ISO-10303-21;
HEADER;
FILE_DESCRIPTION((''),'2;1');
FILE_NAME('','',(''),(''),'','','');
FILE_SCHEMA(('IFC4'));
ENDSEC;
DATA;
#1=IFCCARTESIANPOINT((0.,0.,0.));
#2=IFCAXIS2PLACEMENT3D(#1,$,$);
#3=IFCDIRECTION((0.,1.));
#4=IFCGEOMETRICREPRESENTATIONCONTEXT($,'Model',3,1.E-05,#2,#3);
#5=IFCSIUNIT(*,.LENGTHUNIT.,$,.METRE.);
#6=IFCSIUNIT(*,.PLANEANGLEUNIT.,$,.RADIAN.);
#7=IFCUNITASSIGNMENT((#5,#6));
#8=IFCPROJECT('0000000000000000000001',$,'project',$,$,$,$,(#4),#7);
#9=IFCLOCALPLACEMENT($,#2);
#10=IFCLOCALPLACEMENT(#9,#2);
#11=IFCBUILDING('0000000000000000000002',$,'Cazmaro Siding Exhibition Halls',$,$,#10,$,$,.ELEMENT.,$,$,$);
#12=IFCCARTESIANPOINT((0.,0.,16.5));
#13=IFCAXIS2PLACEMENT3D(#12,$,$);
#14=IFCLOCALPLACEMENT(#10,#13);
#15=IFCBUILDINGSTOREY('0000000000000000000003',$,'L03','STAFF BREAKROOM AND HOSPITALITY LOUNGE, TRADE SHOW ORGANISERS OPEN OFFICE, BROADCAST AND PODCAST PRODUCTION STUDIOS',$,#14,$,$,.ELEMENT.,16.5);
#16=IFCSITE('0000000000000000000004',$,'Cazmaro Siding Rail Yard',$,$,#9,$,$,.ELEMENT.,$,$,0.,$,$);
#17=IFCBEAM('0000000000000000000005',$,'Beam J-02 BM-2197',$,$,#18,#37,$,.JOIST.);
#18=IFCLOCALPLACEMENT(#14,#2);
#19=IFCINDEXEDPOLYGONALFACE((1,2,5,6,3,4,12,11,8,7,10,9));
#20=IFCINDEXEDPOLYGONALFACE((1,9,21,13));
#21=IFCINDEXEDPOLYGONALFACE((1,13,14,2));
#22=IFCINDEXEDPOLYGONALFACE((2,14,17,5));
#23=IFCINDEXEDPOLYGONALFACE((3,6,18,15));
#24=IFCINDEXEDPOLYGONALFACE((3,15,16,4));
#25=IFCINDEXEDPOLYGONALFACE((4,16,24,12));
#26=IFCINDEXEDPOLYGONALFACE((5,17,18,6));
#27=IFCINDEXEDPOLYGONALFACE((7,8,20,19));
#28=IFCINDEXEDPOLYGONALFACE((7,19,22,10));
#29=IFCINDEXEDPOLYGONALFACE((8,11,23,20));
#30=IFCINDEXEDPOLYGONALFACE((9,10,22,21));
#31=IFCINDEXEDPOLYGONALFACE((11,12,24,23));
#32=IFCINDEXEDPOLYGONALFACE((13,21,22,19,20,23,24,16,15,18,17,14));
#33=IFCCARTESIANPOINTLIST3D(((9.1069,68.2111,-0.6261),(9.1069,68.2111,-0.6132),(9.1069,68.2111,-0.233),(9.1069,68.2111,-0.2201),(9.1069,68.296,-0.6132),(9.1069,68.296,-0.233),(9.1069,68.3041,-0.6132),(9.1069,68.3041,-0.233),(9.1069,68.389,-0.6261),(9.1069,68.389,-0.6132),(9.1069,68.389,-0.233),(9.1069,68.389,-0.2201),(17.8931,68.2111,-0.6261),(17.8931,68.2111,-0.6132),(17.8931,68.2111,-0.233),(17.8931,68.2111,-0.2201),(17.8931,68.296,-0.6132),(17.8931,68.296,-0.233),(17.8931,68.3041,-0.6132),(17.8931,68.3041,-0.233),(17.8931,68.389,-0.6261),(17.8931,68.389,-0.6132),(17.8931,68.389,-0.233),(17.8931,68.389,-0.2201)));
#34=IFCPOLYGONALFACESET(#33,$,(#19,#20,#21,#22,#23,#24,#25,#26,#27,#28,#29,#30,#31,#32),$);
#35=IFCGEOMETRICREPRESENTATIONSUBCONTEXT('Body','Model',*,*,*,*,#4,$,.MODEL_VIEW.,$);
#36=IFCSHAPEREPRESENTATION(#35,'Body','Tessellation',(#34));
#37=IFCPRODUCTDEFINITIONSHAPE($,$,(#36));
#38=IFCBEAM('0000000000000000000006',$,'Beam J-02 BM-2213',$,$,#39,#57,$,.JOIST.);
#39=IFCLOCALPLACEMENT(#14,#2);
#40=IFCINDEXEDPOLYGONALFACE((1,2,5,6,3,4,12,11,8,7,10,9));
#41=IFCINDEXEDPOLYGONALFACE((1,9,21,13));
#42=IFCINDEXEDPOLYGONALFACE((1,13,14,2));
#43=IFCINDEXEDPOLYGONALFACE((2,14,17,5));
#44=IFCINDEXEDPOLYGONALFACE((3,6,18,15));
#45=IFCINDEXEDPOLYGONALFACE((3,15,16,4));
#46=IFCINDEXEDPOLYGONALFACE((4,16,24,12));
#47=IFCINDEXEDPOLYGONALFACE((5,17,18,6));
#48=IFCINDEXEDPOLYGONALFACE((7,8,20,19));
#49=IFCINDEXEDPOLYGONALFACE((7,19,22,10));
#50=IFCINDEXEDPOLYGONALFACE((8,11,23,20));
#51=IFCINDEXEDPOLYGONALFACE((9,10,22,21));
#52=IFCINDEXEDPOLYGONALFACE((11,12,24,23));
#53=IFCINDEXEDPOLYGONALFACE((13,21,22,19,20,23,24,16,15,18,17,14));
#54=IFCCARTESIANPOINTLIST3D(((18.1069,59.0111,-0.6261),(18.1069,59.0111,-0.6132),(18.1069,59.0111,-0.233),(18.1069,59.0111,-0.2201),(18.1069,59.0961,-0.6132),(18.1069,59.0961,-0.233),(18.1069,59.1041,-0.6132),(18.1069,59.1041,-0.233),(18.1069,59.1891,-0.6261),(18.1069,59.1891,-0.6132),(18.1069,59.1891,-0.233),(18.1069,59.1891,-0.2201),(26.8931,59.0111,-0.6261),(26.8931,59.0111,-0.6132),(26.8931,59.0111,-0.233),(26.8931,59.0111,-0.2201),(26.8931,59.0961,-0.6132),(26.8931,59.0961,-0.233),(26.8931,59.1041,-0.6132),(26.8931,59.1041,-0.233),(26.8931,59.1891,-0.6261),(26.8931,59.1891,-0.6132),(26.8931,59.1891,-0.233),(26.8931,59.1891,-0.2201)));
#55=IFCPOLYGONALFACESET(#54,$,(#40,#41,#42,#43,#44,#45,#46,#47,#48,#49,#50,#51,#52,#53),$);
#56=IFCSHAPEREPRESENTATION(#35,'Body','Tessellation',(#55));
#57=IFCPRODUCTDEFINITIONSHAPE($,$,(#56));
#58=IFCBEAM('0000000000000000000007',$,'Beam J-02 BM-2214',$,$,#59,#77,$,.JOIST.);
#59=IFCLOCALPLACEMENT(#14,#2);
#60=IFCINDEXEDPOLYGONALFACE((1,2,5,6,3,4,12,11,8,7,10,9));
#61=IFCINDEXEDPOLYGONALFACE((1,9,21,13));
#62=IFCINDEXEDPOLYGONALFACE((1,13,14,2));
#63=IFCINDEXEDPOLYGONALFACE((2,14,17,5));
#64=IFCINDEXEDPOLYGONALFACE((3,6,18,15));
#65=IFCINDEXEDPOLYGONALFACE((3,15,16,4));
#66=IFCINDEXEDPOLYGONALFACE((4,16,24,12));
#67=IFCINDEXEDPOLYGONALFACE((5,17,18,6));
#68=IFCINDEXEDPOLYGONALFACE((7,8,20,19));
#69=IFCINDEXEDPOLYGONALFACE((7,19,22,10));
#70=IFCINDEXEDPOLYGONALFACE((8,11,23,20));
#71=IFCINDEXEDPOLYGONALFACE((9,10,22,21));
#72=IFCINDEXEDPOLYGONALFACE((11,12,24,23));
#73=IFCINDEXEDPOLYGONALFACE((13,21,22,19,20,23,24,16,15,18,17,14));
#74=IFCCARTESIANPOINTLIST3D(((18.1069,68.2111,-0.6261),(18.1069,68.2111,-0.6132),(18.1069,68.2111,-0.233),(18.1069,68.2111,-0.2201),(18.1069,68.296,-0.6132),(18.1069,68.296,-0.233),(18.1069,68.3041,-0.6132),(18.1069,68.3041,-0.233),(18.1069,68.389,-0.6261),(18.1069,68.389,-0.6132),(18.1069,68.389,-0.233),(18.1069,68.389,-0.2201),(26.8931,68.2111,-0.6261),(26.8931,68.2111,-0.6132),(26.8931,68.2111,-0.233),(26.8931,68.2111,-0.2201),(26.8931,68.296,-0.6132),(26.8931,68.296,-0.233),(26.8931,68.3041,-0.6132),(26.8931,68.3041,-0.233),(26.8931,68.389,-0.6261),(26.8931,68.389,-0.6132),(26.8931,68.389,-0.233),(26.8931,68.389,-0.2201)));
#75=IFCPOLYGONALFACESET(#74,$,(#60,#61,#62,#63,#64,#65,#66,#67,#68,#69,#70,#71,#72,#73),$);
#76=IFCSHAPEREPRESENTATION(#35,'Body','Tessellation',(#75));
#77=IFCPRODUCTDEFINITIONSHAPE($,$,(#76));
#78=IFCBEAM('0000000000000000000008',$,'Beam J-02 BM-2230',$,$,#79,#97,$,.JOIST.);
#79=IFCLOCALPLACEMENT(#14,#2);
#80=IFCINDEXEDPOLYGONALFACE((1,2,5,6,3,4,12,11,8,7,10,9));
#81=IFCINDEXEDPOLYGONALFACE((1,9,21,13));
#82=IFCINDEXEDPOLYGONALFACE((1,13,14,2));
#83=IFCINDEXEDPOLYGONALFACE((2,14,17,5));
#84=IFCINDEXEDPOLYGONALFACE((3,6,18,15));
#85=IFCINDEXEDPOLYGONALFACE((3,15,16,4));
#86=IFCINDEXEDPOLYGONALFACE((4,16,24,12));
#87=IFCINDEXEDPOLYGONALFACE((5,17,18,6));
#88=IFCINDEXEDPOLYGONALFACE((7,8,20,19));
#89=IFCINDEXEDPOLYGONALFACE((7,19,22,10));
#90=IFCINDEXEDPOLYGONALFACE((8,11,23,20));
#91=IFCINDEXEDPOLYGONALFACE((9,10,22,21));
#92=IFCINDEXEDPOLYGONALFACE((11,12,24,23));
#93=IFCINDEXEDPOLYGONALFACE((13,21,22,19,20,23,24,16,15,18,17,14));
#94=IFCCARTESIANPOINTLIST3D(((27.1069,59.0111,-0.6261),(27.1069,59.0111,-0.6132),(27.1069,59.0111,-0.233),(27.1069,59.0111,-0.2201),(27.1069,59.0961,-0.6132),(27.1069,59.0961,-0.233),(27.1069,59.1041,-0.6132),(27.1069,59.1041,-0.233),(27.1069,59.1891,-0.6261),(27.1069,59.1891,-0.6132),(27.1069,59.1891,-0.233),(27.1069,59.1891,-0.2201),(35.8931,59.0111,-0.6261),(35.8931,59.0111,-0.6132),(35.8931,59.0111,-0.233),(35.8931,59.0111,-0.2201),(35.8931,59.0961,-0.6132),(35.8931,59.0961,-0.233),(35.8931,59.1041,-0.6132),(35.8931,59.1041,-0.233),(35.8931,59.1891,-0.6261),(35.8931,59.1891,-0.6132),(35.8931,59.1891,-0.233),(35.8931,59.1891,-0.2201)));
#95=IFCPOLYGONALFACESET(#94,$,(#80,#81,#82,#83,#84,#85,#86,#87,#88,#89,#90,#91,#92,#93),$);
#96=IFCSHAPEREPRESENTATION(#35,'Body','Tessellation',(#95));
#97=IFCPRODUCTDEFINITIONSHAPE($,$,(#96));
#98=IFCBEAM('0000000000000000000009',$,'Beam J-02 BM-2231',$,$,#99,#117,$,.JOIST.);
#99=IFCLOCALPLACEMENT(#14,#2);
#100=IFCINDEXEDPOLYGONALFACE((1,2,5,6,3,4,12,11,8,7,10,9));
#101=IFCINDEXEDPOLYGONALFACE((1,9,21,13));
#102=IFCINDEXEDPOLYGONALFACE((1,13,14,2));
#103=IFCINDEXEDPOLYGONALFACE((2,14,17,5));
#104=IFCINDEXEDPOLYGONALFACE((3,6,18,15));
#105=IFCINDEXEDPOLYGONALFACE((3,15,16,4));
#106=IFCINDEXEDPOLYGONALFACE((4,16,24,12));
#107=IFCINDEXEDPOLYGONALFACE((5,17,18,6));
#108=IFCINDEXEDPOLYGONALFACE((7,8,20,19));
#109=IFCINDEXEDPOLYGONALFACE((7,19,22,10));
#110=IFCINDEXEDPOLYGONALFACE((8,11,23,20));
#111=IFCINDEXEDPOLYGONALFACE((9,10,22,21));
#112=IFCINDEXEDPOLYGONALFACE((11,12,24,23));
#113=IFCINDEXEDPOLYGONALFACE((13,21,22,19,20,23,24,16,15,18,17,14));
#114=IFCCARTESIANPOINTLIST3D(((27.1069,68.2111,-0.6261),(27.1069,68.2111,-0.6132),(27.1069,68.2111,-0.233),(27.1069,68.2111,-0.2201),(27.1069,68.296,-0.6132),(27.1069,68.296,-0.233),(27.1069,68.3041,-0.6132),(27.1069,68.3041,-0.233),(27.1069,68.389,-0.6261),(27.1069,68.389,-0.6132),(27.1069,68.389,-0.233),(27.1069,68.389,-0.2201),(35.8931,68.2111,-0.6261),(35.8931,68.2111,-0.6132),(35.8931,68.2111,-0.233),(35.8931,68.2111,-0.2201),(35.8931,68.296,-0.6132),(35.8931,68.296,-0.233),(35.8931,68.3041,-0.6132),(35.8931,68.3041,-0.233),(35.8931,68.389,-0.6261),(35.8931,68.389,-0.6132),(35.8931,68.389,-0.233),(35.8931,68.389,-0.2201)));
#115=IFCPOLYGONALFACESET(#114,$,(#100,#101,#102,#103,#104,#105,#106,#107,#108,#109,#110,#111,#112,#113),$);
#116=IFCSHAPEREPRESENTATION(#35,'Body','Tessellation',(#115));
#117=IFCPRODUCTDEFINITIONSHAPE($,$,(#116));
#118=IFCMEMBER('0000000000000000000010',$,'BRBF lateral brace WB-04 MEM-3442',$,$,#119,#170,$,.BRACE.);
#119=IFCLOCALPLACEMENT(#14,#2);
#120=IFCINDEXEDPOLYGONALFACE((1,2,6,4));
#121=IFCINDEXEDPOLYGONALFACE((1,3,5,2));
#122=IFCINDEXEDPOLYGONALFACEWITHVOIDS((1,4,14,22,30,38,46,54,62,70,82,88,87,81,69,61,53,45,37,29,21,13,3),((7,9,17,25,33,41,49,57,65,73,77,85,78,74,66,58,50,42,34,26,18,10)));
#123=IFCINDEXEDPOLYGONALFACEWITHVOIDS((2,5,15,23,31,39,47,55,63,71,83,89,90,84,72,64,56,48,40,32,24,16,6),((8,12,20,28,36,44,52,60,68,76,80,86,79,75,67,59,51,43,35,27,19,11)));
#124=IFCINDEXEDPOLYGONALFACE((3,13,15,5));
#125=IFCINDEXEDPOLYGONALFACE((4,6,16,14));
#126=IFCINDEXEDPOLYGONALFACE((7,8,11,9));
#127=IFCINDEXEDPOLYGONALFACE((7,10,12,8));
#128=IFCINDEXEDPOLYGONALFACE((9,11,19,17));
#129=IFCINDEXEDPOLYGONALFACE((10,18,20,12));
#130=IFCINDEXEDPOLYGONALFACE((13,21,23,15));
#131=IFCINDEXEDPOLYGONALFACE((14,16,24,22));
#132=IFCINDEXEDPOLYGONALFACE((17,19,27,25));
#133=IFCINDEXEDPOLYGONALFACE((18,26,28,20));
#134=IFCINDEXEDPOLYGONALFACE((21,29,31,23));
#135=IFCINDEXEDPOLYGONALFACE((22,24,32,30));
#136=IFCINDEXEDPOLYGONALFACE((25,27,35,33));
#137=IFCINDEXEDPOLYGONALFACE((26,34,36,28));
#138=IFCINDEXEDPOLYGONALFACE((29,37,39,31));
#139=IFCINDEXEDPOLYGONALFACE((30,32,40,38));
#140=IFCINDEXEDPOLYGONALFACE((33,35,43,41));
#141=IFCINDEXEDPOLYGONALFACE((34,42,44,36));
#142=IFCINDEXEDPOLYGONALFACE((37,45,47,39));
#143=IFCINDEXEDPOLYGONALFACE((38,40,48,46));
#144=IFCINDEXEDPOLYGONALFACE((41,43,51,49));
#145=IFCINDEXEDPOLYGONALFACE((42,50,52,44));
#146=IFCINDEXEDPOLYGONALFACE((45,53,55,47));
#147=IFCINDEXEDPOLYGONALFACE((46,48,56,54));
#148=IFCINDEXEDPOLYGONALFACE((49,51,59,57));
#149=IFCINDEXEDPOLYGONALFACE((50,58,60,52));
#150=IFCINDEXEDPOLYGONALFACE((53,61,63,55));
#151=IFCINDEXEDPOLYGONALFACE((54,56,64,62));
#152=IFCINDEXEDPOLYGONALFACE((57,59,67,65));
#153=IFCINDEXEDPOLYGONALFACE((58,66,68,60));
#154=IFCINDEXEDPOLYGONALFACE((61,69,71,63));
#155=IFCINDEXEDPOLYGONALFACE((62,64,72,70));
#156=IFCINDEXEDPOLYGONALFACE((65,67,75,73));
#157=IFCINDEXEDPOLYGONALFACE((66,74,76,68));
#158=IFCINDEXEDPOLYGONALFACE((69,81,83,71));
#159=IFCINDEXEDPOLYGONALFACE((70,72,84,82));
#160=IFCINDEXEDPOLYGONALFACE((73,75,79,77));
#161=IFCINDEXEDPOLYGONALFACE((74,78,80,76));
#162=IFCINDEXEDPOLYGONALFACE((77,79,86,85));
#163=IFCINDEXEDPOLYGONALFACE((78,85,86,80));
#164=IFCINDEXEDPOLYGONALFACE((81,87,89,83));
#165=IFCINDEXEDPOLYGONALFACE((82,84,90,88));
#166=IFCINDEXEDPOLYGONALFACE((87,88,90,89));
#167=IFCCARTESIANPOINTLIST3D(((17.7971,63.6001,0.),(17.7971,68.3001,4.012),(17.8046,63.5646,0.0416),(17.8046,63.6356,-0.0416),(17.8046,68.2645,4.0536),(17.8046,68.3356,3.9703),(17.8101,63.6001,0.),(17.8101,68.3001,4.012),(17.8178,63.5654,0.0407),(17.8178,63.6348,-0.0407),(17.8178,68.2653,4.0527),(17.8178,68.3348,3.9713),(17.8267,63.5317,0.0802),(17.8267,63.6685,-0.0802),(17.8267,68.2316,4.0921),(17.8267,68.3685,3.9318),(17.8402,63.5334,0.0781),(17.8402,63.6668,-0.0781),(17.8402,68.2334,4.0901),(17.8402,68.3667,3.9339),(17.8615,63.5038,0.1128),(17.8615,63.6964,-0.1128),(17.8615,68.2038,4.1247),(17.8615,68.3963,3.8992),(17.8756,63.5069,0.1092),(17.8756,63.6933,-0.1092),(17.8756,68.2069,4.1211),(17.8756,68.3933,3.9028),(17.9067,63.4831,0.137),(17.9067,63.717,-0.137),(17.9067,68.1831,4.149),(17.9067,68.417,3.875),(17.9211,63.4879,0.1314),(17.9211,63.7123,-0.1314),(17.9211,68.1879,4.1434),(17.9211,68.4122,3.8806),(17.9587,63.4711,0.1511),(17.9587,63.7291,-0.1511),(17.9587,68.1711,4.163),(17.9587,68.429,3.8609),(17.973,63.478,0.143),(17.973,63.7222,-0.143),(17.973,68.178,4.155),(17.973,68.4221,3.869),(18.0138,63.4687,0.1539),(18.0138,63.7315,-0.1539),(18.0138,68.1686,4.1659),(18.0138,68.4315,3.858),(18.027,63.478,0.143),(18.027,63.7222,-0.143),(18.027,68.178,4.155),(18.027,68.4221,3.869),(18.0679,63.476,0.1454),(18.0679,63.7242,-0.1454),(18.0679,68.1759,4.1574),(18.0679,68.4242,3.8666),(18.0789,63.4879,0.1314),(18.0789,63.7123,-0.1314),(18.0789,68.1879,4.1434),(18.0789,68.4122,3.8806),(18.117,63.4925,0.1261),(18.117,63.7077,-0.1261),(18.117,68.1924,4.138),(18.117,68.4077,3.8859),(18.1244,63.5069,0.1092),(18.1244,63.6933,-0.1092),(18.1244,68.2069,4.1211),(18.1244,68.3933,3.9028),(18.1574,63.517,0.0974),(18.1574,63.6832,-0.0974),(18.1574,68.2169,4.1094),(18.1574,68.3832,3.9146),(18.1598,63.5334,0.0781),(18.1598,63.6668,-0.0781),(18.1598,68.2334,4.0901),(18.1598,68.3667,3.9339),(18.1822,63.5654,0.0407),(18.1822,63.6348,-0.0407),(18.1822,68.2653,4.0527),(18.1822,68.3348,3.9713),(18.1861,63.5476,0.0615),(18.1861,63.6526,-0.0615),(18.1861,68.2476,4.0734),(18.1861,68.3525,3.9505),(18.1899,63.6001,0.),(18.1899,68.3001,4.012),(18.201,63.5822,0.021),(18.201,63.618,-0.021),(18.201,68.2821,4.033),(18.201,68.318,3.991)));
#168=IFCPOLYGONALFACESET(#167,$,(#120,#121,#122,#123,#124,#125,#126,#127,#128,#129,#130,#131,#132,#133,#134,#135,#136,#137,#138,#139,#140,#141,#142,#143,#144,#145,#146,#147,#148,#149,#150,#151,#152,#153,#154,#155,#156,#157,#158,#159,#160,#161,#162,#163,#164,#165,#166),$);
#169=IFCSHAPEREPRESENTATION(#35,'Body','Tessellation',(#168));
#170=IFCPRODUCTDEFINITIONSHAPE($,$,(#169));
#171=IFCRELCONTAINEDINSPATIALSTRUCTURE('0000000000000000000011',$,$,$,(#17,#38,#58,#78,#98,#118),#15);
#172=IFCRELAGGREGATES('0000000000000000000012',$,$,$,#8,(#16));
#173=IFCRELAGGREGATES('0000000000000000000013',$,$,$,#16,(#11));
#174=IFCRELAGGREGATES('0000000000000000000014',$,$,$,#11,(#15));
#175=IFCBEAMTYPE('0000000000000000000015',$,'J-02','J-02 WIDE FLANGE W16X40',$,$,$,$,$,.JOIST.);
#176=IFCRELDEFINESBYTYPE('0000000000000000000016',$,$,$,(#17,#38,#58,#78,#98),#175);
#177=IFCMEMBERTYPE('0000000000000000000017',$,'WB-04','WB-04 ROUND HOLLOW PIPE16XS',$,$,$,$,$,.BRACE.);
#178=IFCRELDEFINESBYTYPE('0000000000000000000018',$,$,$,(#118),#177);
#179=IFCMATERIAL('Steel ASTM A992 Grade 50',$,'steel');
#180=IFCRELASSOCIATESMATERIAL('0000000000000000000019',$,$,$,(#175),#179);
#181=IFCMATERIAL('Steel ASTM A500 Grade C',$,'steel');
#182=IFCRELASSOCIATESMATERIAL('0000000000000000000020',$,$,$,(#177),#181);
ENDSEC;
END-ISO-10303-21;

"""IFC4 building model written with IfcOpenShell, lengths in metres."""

from ifc_helpers import new_model, si_unit, direction, frame, origin, origin_2d, place, context, subcontext, project, spatial, hollow_circle, i_section, extrude, material, material_profile, profile_set, type_object, element, save


model = new_model("IFC4")

# Units and contexts
model_context = context("Model", 3, precision=1e-05, world=origin(), true_north=direction((0.0, 1.0)))
body_context = subcontext(model_context, "Body", "Model", "MODEL_VIEW")
ifc_project = project(units=[si_unit("LENGTHUNIT", "METRE"), si_unit("PLANEANGLEUNIT", "RADIAN")], contexts=[model_context])

# Site, building, storey
site_placement = place(None, origin())
site = spatial("IfcSite", under=ifc_project, at=site_placement, Name="Cazmaro Siding Rail Yard", CompositionType="ELEMENT", RefElevation=0.0)
building_placement = place(site_placement, origin())
building = spatial("IfcBuilding", under=site, at=building_placement, Name="Cazmaro Siding Exhibition Halls", CompositionType="ELEMENT")
storey_placement = place(building_placement, frame((0.0, 0.0, 16.5)))
storey = spatial("IfcBuildingStorey", under=building, at=storey_placement, Name="L03", Description="STAFF BREAKROOM AND HOSPITALITY LOUNGE, TRADE SHOW ORGANISERS OPEN OFFICE, BROADCAST AND PODCAST PRODUCTION STUDIOS", CompositionType="ELEMENT", Elevation=16.5)

# Beams
ifc_material_1 = material(Name="Steel ASTM A992 Grade 50", Category="steel")
ifc_material_profile_1 = material_profile(ifc_material_1, i_section(OverallWidth=0.178, OverallDepth=0.406, WebThickness=0.0081, FlangeThickness=0.0129, at=origin_2d()), Name="W16X40")
ifc_profile_set_1 = profile_set([ifc_material_profile_1], Name="Steel ASTM A992 Grade 50")
beam_type_1 = type_object("IfcBeamType", Name="J-02", Description="J-02 WIDE FLANGE W16X40", PredefinedType="JOIST", material=ifc_profile_set_1)
for number, where, z_axis, x_axis, name in (
    (1, (9.1069, 68.3, -0.4231), (1.0, 0.0, 0.0), (0.0, 1.0, 0.0), "Beam J-02 BM-2197"),
    (2, (18.1069, 59.1001, -0.4231), (1.0, 0.0, 0.0), (0.0, 1.0, 0.0), "Beam J-02 BM-2213"),
    (3, (18.1069, 68.3, -0.4231), (1.0, 0.0, 0.0), (0.0, 1.0, 0.0), "Beam J-02 BM-2214"),
    (4, (27.1069, 59.1001, -0.4231), (1.0, 0.0, 0.0), (0.0, 1.0, 0.0), "Beam J-02 BM-2230"),
    (5, (27.1069, 68.3, -0.4231), (1.0, 0.0, 0.0), (0.0, 1.0, 0.0), "Beam J-02 BM-2231"),
):
    element("IfcBeam", number, at=place(storey_placement, frame(where, z_axis=z_axis, x_axis=x_axis)), inside=storey, type_object=beam_type_1, Name=name, PredefinedType="JOIST", context=body_context, shape_type="SweptSolid", body=[
        extrude(i_section(OverallWidth=0.178, OverallDepth=0.406, WebThickness=0.0081, FlangeThickness=0.0129, at=origin_2d()), origin(), (0.0, 0.0, 1.0), 8.7861),
    ])

# Member
ifc_material_2 = material(Name="Steel ASTM A500 Grade C", Category="steel")
ifc_material_profile_2 = material_profile(ifc_material_2, hollow_circle(Radius=0.2029, WallThickness=0.0129, at=origin_2d()), Name="PIPE16XS")
ifc_profile_set_2 = profile_set([ifc_material_profile_2], Name="Steel ASTM A500 Grade C")
member_type = type_object("IfcMemberType", Name="WB-04", Description="WB-04 ROUND HOLLOW PIPE16XS", PredefinedType="BRACE", material=ifc_profile_set_2)
for number, where, z_axis, x_axis, name in (
    (6, (18.0, 63.6001, 0.0), (0.0, 0.76058, 0.649245), (-1.0, 0.0, 0.0), "BRBF lateral brace WB-04 MEM-3442"),
):
    element("IfcMember", number, at=place(storey_placement, frame(where, z_axis=z_axis, x_axis=x_axis)), inside=storey, type_object=member_type, Name=name, PredefinedType="BRACE", context=body_context, shape_type="SweptSolid", body=[
        extrude(hollow_circle(Radius=0.2029, WallThickness=0.0129, at=origin_2d()), origin(), (0.0, 0.0, 1.0), 6.1794),
    ])

save(model, "model.ifc")
